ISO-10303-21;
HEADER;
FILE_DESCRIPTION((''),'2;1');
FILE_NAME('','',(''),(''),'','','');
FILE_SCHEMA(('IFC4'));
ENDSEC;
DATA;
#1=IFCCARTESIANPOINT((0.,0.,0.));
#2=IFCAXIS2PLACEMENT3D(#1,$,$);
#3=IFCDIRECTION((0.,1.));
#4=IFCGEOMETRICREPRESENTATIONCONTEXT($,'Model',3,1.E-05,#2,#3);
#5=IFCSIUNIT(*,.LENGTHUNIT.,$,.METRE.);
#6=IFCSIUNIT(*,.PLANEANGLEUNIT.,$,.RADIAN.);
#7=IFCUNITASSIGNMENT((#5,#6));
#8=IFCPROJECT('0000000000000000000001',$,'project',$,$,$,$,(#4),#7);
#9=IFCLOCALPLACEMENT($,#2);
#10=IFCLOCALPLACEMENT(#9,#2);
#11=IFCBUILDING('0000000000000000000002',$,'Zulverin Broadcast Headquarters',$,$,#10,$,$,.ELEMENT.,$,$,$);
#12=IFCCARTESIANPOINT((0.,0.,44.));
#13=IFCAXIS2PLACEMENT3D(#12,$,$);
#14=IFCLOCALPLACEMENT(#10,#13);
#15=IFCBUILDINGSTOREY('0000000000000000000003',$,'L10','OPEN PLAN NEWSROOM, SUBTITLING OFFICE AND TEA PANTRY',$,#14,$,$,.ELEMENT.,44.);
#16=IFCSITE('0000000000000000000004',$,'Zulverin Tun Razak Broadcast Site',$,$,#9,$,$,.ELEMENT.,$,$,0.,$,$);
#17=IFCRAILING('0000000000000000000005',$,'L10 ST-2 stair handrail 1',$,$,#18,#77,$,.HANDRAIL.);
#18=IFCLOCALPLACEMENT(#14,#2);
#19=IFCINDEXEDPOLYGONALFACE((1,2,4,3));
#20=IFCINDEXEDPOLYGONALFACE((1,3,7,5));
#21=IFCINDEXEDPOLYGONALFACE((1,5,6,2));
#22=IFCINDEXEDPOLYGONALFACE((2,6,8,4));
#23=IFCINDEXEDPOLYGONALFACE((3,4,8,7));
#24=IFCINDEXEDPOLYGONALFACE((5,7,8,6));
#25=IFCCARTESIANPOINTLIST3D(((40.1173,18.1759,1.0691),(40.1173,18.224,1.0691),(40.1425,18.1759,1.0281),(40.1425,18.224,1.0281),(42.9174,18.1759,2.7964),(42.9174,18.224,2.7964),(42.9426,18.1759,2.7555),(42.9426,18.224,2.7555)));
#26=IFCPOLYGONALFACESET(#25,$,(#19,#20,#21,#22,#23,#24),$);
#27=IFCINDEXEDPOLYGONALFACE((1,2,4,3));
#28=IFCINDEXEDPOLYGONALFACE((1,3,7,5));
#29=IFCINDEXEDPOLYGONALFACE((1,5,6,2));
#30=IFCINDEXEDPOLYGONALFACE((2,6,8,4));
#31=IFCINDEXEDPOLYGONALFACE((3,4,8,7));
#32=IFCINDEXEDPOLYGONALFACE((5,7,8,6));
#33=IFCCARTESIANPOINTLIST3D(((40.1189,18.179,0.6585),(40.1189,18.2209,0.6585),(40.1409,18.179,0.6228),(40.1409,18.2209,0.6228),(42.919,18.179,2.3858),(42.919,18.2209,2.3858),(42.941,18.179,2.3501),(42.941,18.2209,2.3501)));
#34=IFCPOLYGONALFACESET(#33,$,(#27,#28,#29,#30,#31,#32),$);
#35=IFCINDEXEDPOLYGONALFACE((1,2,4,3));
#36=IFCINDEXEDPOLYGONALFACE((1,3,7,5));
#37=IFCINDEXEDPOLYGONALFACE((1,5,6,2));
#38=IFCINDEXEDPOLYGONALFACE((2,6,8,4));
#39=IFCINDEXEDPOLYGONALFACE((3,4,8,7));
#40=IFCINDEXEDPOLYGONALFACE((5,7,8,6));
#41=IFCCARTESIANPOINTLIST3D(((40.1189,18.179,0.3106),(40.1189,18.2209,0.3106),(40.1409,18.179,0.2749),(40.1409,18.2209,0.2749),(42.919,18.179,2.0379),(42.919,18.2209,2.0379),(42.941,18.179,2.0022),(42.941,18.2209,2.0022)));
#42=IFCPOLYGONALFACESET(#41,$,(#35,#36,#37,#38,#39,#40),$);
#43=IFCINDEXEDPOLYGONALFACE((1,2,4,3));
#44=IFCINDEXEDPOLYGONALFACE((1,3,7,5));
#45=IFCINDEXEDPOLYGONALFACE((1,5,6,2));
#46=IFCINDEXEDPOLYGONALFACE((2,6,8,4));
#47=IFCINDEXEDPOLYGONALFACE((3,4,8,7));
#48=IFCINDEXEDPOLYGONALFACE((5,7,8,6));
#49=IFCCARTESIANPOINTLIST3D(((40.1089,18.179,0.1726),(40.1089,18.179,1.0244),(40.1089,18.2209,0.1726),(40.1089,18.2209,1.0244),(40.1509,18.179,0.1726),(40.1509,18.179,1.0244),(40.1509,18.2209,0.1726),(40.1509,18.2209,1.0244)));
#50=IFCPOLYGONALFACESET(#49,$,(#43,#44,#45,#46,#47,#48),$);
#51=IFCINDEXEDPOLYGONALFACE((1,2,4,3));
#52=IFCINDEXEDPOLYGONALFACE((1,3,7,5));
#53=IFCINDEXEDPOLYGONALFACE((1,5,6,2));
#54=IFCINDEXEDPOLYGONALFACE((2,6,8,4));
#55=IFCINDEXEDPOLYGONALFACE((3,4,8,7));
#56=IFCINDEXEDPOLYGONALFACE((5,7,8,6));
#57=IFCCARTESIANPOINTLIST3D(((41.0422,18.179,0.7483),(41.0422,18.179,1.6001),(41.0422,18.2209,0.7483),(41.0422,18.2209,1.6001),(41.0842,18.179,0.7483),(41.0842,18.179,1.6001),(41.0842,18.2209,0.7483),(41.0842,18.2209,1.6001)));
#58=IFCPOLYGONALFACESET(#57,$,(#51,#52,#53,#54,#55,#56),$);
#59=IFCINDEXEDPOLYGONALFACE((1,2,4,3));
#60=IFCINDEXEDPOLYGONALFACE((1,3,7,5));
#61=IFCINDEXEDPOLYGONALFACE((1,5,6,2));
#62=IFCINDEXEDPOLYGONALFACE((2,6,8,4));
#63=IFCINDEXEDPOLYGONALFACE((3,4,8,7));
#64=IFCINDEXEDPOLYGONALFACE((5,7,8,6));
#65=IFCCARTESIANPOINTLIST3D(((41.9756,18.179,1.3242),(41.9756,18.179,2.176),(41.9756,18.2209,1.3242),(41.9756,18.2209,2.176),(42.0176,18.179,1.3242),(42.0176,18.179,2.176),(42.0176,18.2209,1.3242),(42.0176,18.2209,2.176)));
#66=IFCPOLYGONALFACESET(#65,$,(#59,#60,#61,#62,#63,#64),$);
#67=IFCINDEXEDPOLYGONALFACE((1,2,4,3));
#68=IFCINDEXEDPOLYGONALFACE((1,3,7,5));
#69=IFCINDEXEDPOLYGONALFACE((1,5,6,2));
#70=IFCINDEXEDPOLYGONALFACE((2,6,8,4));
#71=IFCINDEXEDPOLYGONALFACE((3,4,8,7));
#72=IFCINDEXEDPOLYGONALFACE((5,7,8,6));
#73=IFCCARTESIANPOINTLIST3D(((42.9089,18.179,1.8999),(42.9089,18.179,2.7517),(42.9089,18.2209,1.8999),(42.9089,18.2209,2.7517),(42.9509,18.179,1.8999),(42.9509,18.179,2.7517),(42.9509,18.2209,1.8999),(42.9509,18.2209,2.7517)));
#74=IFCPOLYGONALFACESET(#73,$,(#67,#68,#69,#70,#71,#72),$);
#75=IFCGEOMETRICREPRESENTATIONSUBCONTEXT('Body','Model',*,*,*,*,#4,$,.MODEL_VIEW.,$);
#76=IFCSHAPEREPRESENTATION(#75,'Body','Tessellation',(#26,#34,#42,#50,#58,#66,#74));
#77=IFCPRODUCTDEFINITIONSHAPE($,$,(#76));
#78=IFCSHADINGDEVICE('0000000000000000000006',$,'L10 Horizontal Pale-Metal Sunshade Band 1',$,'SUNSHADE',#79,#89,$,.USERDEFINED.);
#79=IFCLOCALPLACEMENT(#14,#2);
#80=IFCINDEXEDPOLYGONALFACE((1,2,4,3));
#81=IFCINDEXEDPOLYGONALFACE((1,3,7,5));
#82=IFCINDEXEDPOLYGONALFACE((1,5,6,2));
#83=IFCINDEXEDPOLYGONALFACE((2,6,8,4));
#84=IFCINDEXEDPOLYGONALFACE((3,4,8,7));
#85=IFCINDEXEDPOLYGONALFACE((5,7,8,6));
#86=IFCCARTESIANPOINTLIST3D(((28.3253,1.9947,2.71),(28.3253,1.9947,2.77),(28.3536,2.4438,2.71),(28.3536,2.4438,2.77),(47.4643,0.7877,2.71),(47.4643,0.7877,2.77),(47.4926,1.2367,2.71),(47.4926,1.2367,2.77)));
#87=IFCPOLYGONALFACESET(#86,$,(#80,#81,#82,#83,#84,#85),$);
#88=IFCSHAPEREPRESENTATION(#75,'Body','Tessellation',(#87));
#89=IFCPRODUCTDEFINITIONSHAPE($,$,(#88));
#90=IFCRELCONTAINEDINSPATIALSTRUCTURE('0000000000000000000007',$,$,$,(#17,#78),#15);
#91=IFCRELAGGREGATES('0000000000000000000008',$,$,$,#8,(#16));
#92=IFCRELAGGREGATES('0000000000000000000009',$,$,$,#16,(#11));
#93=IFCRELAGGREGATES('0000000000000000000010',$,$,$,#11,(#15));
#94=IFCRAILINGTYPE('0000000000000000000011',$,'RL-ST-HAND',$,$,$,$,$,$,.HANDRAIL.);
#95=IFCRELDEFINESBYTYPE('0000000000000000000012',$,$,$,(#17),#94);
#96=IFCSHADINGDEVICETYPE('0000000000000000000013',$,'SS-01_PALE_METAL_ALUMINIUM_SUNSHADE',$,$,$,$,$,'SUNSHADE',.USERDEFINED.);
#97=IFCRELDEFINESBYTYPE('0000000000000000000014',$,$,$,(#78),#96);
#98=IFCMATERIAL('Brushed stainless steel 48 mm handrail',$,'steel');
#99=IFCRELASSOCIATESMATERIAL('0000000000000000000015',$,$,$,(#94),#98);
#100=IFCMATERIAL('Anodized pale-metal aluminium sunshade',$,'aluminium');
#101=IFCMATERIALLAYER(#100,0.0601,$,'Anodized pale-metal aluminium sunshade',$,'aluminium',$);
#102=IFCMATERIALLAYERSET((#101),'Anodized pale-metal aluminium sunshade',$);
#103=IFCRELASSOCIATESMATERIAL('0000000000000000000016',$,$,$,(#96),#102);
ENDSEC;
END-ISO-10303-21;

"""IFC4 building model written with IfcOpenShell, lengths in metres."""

from ifc_helpers import new_model, si_unit, direction, frame, origin, origin_2d, place, context, subcontext, project, spatial, rectangle, extrude, material, layer, layer_set, type_object, element, save


model = new_model("IFC4")

# Units and contexts
model_context = context("Model", 3, precision=1e-05, world=origin(), true_north=direction((0.0, 1.0)))
body_context = subcontext(model_context, "Body", "Model", "MODEL_VIEW")
ifc_project = project(units=[si_unit("LENGTHUNIT", "METRE"), si_unit("PLANEANGLEUNIT", "RADIAN")], contexts=[model_context])

# Site, building, storey
site_placement = place(None, origin())
site = spatial("IfcSite", under=ifc_project, at=site_placement, Name="Zulverin Tun Razak Broadcast Site", CompositionType="ELEMENT", RefElevation=0.0)
building_placement = place(site_placement, origin())
building = spatial("IfcBuilding", under=site, at=building_placement, Name="Zulverin Broadcast Headquarters", CompositionType="ELEMENT")
storey_placement = place(building_placement, frame((0.0, 0.0, 44.0)))
storey = spatial("IfcBuildingStorey", under=building, at=storey_placement, Name="L10", Description="OPEN PLAN NEWSROOM, SUBTITLING OFFICE AND TEA PANTRY", CompositionType="ELEMENT", Elevation=44.0)

# Railing
ifc_material_1 = material(Name="Brushed stainless steel 48 mm handrail", Category="steel")
railing_type_1 = type_object("IfcRailingType", Name="RL-ST-HAND", PredefinedType="HANDRAIL", material=ifc_material_1)
railing_1_placement = place(storey_placement, frame((40.1299, 18.2, 0.1726)))
element("IfcRailing", 1, at=railing_1_placement, inside=storey, type_object=railing_type_1, Name="L10 ST-2 stair handrail 1", PredefinedType="HANDRAIL", context=body_context, shape_type="SweptSolid", body=[
    extrude(rectangle(XDim=0.0481, YDim=0.0481, at=origin_2d()), frame((0.0, 0.0, 0.876), z_axis=(0.85109, 0.0, 0.52502), x_axis=(0.0, 1.0, 0.0)), (0.0, 0.0, 1.0), 3.29),
    extrude(rectangle(XDim=0.042, YDim=0.042, at=origin_2d()), frame((0.0, 0.0, 0.468), z_axis=(0.85109, 0.0, 0.52502), x_axis=(0.0, 1.0, 0.0)), (0.0, 0.0, 1.0), 3.29),
    extrude(rectangle(XDim=0.042, YDim=0.042, at=origin_2d()), frame((0.0, 0.0, 0.1201), z_axis=(0.85109, 0.0, 0.52502), x_axis=(0.0, 1.0, 0.0)), (0.0, 0.0, 1.0), 3.29),
    extrude(rectangle(XDim=0.042, YDim=0.042, at=origin_2d()), origin(), (0.0, 0.0, 1.0), 0.8518),
    extrude(rectangle(XDim=0.042, YDim=0.042, at=origin_2d()), frame((0.9333, 0.0, 0.5757)), (0.0, 0.0, 1.0), 0.8518),
    extrude(rectangle(XDim=0.042, YDim=0.042, at=origin_2d()), frame((1.8667, 0.0, 1.1516)), (0.0, 0.0, 1.0), 0.8518),
    extrude(rectangle(XDim=0.042, YDim=0.042, at=origin_2d()), frame((2.8, 0.0, 1.7273)), (0.0, 0.0, 1.0), 0.8518),
])

# Shading device
ifc_material_2 = material(Name="Anodized pale-metal aluminium sunshade", Category="aluminium")
ifc_layer_1 = layer(ifc_material_2, 0.0601, Name="Anodized pale-metal aluminium sunshade", Category="aluminium")
ifc_layer_set_1 = layer_set([ifc_layer_1], Name="Anodized pale-metal aluminium sunshade")
shading_device_type = type_object("IfcShadingDeviceType", Name="SS-01_PALE_METAL_ALUMINIUM_SUNSHADE", ElementType="SUNSHADE", PredefinedType="USERDEFINED", material=ifc_layer_set_1)
shading_device_placement = place(storey_placement, frame((37.9089, 1.6157, 2.71), z_axis=(0.0, 0.0, 1.0), x_axis=(0.998017, -0.062942, 0.0)))
element("IfcShadingDevice", 2, at=shading_device_placement, inside=storey, type_object=shading_device_type, Name="L10 Horizontal Pale-Metal Sunshade Band 1", ObjectType="SUNSHADE", PredefinedType="USERDEFINED", context=body_context, shape_type="SweptSolid", body=[
    extrude(rectangle(XDim=19.177, YDim=0.45, at=origin_2d()), origin(), (0.0, 0.0, 1.0), 0.0601),
])

save(model, "model.ifc")
